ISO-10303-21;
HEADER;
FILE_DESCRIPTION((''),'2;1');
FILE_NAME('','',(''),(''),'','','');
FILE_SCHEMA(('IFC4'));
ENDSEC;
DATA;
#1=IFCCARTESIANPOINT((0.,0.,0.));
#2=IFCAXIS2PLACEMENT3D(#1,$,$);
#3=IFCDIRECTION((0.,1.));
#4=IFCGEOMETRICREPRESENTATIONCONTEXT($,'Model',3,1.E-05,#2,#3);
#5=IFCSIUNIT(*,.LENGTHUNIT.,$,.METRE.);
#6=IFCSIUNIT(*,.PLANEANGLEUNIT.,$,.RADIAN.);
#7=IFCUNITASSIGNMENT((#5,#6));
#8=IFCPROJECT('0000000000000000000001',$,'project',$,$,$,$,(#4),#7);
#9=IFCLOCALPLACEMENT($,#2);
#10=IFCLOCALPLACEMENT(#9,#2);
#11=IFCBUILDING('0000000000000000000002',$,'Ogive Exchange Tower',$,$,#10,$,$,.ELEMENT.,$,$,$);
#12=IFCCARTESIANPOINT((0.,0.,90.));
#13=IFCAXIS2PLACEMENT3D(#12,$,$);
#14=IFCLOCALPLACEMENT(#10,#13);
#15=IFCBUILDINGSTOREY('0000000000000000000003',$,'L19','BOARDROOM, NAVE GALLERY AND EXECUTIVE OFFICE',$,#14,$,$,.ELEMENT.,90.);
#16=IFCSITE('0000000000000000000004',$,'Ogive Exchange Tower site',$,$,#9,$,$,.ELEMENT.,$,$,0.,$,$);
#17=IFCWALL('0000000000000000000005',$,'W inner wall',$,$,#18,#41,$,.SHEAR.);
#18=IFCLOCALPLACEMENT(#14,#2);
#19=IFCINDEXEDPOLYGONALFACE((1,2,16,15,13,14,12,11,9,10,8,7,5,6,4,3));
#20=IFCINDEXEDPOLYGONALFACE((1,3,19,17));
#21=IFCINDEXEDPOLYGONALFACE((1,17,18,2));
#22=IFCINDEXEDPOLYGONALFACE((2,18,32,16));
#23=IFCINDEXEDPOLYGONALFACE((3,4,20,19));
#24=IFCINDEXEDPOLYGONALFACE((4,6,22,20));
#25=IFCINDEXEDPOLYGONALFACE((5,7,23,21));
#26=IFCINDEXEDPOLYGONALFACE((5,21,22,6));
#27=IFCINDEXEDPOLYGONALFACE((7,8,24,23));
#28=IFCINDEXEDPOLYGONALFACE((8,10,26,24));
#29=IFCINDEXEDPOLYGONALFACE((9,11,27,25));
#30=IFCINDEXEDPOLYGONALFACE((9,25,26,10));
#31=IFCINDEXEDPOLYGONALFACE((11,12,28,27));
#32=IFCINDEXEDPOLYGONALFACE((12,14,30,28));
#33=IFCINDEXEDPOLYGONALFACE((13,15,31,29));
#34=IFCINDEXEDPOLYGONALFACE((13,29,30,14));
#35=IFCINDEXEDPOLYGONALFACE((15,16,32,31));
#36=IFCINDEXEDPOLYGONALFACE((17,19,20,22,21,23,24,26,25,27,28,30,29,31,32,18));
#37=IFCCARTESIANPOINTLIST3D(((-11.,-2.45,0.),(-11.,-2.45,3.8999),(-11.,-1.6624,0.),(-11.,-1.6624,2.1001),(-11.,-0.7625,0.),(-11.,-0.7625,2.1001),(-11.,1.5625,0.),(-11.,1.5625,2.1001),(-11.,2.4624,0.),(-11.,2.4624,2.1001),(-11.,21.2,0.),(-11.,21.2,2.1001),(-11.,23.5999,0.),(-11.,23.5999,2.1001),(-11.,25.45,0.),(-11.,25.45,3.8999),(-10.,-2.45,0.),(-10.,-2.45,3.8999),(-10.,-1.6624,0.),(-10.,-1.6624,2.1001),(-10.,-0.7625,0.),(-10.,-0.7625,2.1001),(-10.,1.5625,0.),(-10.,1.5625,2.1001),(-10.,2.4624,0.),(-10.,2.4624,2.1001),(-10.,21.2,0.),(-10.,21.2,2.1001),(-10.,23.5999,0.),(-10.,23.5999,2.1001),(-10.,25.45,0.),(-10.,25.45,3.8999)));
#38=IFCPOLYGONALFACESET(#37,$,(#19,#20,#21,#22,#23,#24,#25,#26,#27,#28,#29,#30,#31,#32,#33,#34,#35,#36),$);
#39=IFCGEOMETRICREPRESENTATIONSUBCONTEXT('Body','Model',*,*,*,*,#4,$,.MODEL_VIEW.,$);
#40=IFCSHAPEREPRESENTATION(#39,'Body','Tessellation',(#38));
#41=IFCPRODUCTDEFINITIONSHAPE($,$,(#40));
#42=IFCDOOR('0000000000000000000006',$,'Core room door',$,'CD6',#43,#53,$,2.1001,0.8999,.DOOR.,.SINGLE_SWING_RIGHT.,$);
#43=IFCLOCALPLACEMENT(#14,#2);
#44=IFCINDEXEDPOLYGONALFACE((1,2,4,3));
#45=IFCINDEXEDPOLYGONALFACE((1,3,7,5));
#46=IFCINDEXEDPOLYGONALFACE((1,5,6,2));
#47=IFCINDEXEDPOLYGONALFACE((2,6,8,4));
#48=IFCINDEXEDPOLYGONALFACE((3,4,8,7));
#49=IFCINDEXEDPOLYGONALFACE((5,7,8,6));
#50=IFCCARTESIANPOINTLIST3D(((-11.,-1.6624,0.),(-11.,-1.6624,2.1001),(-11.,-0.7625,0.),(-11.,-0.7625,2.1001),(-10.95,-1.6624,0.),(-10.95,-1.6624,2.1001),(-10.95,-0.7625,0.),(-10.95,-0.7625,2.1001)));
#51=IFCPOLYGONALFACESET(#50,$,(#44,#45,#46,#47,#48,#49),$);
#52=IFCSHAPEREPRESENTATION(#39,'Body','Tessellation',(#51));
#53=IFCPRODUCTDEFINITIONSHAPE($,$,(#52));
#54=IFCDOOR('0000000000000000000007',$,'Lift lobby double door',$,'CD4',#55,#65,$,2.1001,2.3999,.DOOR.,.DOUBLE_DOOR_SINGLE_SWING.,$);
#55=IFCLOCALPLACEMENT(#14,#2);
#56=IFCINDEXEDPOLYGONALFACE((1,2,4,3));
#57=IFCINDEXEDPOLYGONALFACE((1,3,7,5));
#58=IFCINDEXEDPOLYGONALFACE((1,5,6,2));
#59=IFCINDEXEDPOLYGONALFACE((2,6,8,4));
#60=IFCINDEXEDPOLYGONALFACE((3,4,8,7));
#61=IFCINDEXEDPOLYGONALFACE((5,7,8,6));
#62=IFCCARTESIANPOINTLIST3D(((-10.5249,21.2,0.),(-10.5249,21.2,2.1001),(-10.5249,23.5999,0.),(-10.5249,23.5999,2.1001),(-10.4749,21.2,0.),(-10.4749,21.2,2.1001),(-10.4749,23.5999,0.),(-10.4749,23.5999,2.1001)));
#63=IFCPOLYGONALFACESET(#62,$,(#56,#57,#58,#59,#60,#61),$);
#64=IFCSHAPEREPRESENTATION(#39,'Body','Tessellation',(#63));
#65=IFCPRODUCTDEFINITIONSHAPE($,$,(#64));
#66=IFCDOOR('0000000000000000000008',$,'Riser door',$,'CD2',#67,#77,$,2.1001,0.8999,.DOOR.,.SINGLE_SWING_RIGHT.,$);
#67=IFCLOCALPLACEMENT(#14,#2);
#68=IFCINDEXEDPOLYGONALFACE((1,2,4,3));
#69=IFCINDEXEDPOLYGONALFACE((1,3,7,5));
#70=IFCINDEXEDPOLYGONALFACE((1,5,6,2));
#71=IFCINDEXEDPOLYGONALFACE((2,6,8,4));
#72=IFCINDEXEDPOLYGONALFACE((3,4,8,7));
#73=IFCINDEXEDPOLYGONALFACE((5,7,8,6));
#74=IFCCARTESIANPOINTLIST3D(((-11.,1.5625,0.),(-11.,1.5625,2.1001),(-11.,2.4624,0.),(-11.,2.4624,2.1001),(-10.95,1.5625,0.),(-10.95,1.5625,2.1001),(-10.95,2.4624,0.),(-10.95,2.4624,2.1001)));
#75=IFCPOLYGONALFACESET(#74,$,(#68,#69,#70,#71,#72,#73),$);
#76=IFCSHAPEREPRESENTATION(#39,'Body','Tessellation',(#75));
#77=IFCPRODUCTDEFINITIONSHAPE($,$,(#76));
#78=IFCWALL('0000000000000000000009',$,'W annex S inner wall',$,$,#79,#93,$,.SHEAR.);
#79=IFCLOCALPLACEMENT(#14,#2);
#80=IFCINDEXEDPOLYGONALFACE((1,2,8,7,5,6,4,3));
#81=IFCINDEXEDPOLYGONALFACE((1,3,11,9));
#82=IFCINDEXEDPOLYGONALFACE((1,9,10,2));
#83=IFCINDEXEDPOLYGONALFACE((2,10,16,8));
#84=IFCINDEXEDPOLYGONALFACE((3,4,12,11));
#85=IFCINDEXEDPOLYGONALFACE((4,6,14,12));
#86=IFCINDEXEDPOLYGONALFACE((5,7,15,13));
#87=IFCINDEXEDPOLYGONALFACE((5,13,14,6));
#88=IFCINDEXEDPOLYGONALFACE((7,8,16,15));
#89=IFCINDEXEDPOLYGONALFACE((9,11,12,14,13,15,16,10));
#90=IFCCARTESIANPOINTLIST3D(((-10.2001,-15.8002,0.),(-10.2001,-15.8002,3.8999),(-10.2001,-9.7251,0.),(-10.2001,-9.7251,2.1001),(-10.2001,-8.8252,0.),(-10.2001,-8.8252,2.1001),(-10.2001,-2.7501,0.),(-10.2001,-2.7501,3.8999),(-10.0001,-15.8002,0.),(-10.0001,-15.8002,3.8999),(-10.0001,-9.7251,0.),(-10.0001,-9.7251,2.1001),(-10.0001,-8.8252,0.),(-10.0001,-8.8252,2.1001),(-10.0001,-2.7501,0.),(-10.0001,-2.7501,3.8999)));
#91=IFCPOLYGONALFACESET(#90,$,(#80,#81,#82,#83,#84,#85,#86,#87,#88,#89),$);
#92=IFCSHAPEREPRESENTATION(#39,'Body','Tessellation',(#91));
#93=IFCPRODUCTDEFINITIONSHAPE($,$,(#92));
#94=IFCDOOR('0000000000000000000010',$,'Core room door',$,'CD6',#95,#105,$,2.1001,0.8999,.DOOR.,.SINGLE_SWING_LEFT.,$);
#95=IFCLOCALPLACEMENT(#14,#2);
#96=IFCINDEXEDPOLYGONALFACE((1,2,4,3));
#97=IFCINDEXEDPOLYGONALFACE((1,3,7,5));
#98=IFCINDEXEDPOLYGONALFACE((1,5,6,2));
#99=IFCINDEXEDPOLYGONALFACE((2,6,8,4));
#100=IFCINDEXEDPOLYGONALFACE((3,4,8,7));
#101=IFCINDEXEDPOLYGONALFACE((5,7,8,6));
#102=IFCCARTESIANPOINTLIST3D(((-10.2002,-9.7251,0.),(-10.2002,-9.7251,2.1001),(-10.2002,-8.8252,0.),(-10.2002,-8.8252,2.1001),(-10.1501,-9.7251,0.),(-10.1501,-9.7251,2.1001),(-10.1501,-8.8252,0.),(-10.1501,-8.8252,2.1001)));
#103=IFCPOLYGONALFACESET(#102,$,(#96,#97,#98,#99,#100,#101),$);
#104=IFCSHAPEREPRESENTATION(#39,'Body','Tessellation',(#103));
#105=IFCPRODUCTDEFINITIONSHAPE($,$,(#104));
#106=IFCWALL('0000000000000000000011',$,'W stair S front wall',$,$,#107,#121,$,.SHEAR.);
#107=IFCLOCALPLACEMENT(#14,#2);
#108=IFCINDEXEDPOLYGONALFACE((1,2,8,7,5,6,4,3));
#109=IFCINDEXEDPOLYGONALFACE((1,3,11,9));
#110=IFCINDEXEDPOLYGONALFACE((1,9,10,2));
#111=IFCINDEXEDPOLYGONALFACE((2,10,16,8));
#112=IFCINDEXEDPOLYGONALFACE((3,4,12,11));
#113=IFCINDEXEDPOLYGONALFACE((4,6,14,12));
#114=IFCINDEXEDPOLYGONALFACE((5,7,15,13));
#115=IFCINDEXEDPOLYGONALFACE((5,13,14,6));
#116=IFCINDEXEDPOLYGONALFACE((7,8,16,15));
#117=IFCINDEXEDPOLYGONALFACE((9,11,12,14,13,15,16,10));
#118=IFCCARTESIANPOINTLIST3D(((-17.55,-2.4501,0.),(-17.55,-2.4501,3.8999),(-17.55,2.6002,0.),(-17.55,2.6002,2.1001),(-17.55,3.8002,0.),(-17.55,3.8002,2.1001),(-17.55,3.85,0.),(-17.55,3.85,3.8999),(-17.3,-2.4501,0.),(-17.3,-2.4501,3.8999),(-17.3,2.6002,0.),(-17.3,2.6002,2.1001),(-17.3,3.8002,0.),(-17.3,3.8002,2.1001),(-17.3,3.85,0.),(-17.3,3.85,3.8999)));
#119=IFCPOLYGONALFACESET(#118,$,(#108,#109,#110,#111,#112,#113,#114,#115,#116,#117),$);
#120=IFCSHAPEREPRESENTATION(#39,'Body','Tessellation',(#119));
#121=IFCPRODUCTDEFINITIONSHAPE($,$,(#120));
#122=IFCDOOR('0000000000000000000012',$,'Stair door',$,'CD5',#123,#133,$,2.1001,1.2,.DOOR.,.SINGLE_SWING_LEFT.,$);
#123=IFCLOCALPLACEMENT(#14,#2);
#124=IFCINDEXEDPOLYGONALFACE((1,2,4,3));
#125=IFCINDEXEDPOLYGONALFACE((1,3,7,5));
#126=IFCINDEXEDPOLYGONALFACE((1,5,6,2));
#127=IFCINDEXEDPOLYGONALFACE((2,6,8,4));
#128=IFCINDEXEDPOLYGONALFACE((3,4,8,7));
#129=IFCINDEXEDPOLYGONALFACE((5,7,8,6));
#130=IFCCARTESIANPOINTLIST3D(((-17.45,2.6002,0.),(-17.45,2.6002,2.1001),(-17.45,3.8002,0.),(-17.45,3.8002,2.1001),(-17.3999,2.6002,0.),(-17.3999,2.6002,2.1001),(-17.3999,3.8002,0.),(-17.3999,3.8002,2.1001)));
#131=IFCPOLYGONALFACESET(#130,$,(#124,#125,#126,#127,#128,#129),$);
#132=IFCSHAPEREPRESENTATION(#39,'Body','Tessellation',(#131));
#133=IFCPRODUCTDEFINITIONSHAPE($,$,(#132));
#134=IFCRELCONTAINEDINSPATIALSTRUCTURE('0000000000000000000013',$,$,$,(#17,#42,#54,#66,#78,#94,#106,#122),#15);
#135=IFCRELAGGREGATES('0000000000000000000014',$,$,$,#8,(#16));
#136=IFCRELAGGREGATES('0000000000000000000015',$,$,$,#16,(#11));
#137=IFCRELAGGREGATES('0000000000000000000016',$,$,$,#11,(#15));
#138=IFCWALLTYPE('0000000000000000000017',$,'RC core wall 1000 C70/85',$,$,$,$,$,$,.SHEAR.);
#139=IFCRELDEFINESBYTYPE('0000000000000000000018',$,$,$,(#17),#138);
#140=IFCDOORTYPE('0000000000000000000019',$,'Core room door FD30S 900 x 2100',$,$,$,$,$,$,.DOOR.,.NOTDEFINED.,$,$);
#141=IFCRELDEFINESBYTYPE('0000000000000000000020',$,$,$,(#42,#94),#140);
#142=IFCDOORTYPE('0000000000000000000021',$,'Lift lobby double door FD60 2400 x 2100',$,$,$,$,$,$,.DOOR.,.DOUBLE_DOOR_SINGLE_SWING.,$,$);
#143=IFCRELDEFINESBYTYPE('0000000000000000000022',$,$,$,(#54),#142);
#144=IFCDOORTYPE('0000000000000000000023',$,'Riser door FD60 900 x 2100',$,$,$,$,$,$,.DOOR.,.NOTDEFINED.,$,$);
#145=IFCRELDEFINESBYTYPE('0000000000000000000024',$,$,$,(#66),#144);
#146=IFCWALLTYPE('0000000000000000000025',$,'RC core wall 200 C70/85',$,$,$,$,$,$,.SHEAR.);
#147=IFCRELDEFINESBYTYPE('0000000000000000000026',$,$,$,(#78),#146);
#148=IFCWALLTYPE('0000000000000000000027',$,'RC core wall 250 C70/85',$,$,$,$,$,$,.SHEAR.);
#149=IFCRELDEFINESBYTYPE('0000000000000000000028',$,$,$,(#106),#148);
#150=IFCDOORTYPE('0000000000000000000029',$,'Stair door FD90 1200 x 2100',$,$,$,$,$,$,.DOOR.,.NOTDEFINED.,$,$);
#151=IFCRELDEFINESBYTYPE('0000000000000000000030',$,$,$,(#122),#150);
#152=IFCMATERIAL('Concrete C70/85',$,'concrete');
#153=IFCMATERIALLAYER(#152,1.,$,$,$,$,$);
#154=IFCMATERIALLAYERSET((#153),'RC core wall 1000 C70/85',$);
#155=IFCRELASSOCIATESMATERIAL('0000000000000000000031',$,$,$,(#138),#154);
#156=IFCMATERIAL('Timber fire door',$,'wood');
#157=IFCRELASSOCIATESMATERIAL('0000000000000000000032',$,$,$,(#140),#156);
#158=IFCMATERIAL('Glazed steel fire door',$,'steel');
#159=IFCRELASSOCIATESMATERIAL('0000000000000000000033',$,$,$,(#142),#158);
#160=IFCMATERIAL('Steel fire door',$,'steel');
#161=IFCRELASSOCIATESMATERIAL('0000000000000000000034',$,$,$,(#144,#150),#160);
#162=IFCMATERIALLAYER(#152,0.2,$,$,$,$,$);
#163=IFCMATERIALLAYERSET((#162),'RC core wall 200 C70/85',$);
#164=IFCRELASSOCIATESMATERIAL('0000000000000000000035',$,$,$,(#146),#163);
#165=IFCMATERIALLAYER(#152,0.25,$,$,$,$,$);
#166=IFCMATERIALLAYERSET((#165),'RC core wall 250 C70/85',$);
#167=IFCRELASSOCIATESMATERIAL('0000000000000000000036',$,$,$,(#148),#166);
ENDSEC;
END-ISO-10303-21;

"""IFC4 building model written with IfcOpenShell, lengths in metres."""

from ifc_helpers import new_model, si_unit, direction, frame, frame_2d, origin, place, context, subcontext, project, spatial, rectangle, extrude, material, layer, layer_set, type_object, element, fill, save


model = new_model("IFC4")

# Units and contexts
model_context = context("Model", 3, precision=1e-05, world=origin(), true_north=direction((0.0, 1.0)))
body_context = subcontext(model_context, "Body", "Model", "MODEL_VIEW")
ifc_project = project(units=[si_unit("LENGTHUNIT", "METRE"), si_unit("PLANEANGLEUNIT", "RADIAN")], contexts=[model_context])

# Site, building, storey
site_placement = place(None, origin())
site = spatial("IfcSite", under=ifc_project, at=site_placement, Name="Ogive Exchange Tower site", CompositionType="ELEMENT", RefElevation=0.0)
building_placement = place(site_placement, origin())
building = spatial("IfcBuilding", under=site, at=building_placement, Name="Ogive Exchange Tower", CompositionType="ELEMENT")
storey_placement = place(building_placement, frame((0.0, 0.0, 90.0)))
storey = spatial("IfcBuildingStorey", under=building, at=storey_placement, Name="L19", Description="BOARDROOM, NAVE GALLERY AND EXECUTIVE OFFICE", CompositionType="ELEMENT", Elevation=90.0)

# Wall, openings, doors
ifc_material_1 = material(Name="Concrete C70/85", Category="concrete")
ifc_layer_1 = layer(ifc_material_1, 1.0)
ifc_layer_set_1 = layer_set([ifc_layer_1], Name="RC core wall 1000 C70/85")
wall_type_1 = type_object("IfcWallType", Name="RC core wall 1000 C70/85", PredefinedType="SHEAR", material=ifc_layer_set_1)
wall_1_placement = place(storey_placement, frame((-10.5, -2.45, 0.0), z_axis=(0.0, 0.0, 1.0), x_axis=(0.0, 1.0, 0.0)))
wall_1 = element("IfcWall", 1, at=wall_1_placement, inside=storey, type_object=wall_type_1, Name="W inner wall", PredefinedType="SHEAR", context=body_context, shape_type="SweptSolid", body=[
    extrude(rectangle(XDim=27.8999, YDim=1.0, at=frame_2d((13.95, 0.0))), origin(), (0.0, 0.0, 1.0), 3.8999),
])
opening_1_placement = place(wall_1_placement, frame((23.6499, 0.0, 0.0)))
opening_1 = element("IfcOpeningElement", 2, at=opening_1_placement, cuts=wall_1, PredefinedType="OPENING", context=body_context, shape_type="SweptSolid", body=[
    extrude(rectangle(XDim=2.3999, YDim=2.1001, at=frame_2d((1.2, 1.05))), frame((0.0, 0.51, 0.0), z_axis=(0.0, -1.0, 0.0), x_axis=(1.0, 0.0, 0.0)), (0.0, 0.0, 1.0), 1.02),
])
opening_2_placement = place(wall_1_placement, frame((0.7876, 0.0, 0.0)))
opening_2 = element("IfcOpeningElement", 3, at=opening_2_placement, cuts=wall_1, PredefinedType="OPENING", context=body_context, shape_type="SweptSolid", body=[
    extrude(rectangle(XDim=0.8999, YDim=2.1001, at=frame_2d((0.45, 1.05))), frame((0.0, 0.51, 0.0), z_axis=(0.0, -1.0, 0.0), x_axis=(1.0, 0.0, 0.0)), (0.0, 0.0, 1.0), 1.02),
])
opening_3_placement = place(wall_1_placement, frame((4.0125, 0.0, 0.0)))
opening_3 = element("IfcOpeningElement", 4, at=opening_3_placement, cuts=wall_1, PredefinedType="OPENING", context=body_context, shape_type="SweptSolid", body=[
    extrude(rectangle(XDim=0.8999, YDim=2.1001, at=frame_2d((0.45, 1.05))), frame((0.0, 0.51, 0.0), z_axis=(0.0, -1.0, 0.0), x_axis=(1.0, 0.0, 0.0)), (0.0, 0.0, 1.0), 1.02),
])
ifc_material_2 = material(Name="Timber fire door", Category="wood")
door_type_1 = type_object("IfcDoorType", Name="Core room door FD30S 900 x 2100", OperationType="NOTDEFINED", PredefinedType="DOOR", material=ifc_material_2)
door_1_placement = place(opening_2_placement, origin())
door_1 = element("IfcDoor", 5, at=door_1_placement, inside=storey, type_object=door_type_1, Name="Core room door", ObjectType="CD6", OperationType="SINGLE_SWING_RIGHT", OverallHeight=2.1001, OverallWidth=0.8999, PredefinedType="DOOR", context=body_context, shape_type="SweptSolid", body=[
    extrude(rectangle(XDim=0.8999, YDim=2.1001, at=frame_2d((0.45, 1.05))), frame((0.0, 0.5, 0.0), z_axis=(0.0, -1.0, 0.0), x_axis=(1.0, 0.0, 0.0)), (0.0, 0.0, 1.0), 0.05),
])
fill(opening_2, door_1)
ifc_material_3 = material(Name="Glazed steel fire door", Category="steel")
door_type_2 = type_object("IfcDoorType", Name="Lift lobby double door FD60 2400 x 2100", OperationType="DOUBLE_DOOR_SINGLE_SWING", PredefinedType="DOOR", material=ifc_material_3)
door_2_placement = place(opening_1_placement, origin())
door_2 = element("IfcDoor", 6, at=door_2_placement, inside=storey, type_object=door_type_2, Name="Lift lobby double door", ObjectType="CD4", OperationType="DOUBLE_DOOR_SINGLE_SWING", OverallHeight=2.1001, OverallWidth=2.3999, PredefinedType="DOOR", context=body_context, shape_type="SweptSolid", body=[
    extrude(rectangle(XDim=2.3999, YDim=2.1001, at=frame_2d((1.2, 1.05))), frame((0.0, 0.0249, 0.0), z_axis=(0.0, -1.0, 0.0), x_axis=(1.0, 0.0, 0.0)), (0.0, 0.0, 1.0), 0.05),
])
fill(opening_1, door_2)
ifc_material_4 = material(Name="Steel fire door", Category="steel")
door_type_3 = type_object("IfcDoorType", Name="Riser door FD60 900 x 2100", OperationType="NOTDEFINED", PredefinedType="DOOR", material=ifc_material_4)
door_3_placement = place(opening_3_placement, origin())
door_3 = element("IfcDoor", 7, at=door_3_placement, inside=storey, type_object=door_type_3, Name="Riser door", ObjectType="CD2", OperationType="SINGLE_SWING_RIGHT", OverallHeight=2.1001, OverallWidth=0.8999, PredefinedType="DOOR", context=body_context, shape_type="SweptSolid", body=[
    extrude(rectangle(XDim=0.8999, YDim=2.1001, at=frame_2d((0.45, 1.05))), frame((0.0, 0.5, 0.0), z_axis=(0.0, -1.0, 0.0), x_axis=(1.0, 0.0, 0.0)), (0.0, 0.0, 1.0), 0.05),
])
fill(opening_3, door_3)

# Walls, openings, doors
ifc_layer_2 = layer(ifc_material_1, 0.2)
ifc_layer_set_2 = layer_set([ifc_layer_2], Name="RC core wall 200 C70/85")
wall_type_2 = type_object("IfcWallType", Name="RC core wall 200 C70/85", PredefinedType="SHEAR", material=ifc_layer_set_2)
wall_2_placement = place(storey_placement, frame((-10.1001, -15.8, 0.0), z_axis=(0.0, 0.0, 1.0), x_axis=(0.0, 1.0, 0.0)))
wall_2 = element("IfcWall", 8, at=wall_2_placement, inside=storey, type_object=wall_type_2, Name="W annex S inner wall", PredefinedType="SHEAR", context=body_context, shape_type="SweptSolid", body=[
    extrude(rectangle(XDim=13.05, YDim=0.2, at=frame_2d((6.5249, 0.0))), origin(), (0.0, 0.0, 1.0), 3.8999),
])
opening_4_placement = place(wall_2_placement, frame((6.075, 0.0, 0.0)))
opening_4 = element("IfcOpeningElement", 9, at=opening_4_placement, cuts=wall_2, PredefinedType="OPENING", context=body_context, shape_type="SweptSolid", body=[
    extrude(rectangle(XDim=0.8999, YDim=2.1001, at=frame_2d((0.45, 1.05))), frame((0.0, 0.1099, 0.0), z_axis=(0.0, -1.0, 0.0), x_axis=(1.0, 0.0, 0.0)), (0.0, 0.0, 1.0), 0.22),
])
door_4_placement = place(opening_4_placement, origin())
door_4 = element("IfcDoor", 10, at=door_4_placement, inside=storey, type_object=door_type_1, Name="Core room door", ObjectType="CD6", OperationType="SINGLE_SWING_LEFT", OverallHeight=2.1001, OverallWidth=0.8999, PredefinedType="DOOR", context=body_context, shape_type="SweptSolid", body=[
    extrude(rectangle(XDim=0.8999, YDim=2.1001, at=frame_2d((0.45, 1.05))), frame((0.0, 0.1001, 0.0), z_axis=(0.0, -1.0, 0.0), x_axis=(1.0, 0.0, 0.0)), (0.0, 0.0, 1.0), 0.05),
])
fill(opening_4, door_4)
ifc_layer_3 = layer(ifc_material_1, 0.25)
ifc_layer_set_3 = layer_set([ifc_layer_3], Name="RC core wall 250 C70/85")
wall_type_3 = type_object("IfcWallType", Name="RC core wall 250 C70/85", PredefinedType="SHEAR", material=ifc_layer_set_3)
wall_3_placement = place(storey_placement, frame((-17.425, -2.45, 0.0), z_axis=(0.0, 0.0, 1.0), x_axis=(0.0, 1.0, 0.0)))
wall_3 = element("IfcWall", 11, at=wall_3_placement, inside=storey, type_object=wall_type_3, Name="W stair S front wall", PredefinedType="SHEAR", context=body_context, shape_type="SweptSolid", body=[
    extrude(rectangle(XDim=6.3, YDim=0.25, at=frame_2d((3.1499, 0.0))), origin(), (0.0, 0.0, 1.0), 3.8999),
])
opening_5_placement = place(wall_3_placement, frame((5.05, 0.0, 0.0)))
opening_5 = element("IfcOpeningElement", 12, at=opening_5_placement, cuts=wall_3, PredefinedType="OPENING", context=body_context, shape_type="SweptSolid", body=[
    extrude(rectangle(XDim=1.2, YDim=2.1001, at=frame_2d((0.6001, 1.05))), frame((0.0, 0.135, 0.0), z_axis=(0.0, -1.0, 0.0), x_axis=(1.0, 0.0, 0.0)), (0.0, 0.0, 1.0), 0.27),
])
door_type_4 = type_object("IfcDoorType", Name="Stair door FD90 1200 x 2100", OperationType="NOTDEFINED", PredefinedType="DOOR", material=ifc_material_4)
door_5_placement = place(opening_5_placement, origin())
door_5 = element("IfcDoor", 13, at=door_5_placement, inside=storey, type_object=door_type_4, Name="Stair door", ObjectType="CD5", OperationType="SINGLE_SWING_LEFT", OverallHeight=2.1001, OverallWidth=1.2, PredefinedType="DOOR", context=body_context, shape_type="SweptSolid", body=[
    extrude(rectangle(XDim=1.2, YDim=2.1001, at=frame_2d((0.6001, 1.05))), frame((0.0, 0.0249, 0.0), z_axis=(0.0, -1.0, 0.0), x_axis=(1.0, 0.0, 0.0)), (0.0, 0.0, 1.0), 0.05),
])
fill(opening_5, door_5)

save(model, "model.ifc")
